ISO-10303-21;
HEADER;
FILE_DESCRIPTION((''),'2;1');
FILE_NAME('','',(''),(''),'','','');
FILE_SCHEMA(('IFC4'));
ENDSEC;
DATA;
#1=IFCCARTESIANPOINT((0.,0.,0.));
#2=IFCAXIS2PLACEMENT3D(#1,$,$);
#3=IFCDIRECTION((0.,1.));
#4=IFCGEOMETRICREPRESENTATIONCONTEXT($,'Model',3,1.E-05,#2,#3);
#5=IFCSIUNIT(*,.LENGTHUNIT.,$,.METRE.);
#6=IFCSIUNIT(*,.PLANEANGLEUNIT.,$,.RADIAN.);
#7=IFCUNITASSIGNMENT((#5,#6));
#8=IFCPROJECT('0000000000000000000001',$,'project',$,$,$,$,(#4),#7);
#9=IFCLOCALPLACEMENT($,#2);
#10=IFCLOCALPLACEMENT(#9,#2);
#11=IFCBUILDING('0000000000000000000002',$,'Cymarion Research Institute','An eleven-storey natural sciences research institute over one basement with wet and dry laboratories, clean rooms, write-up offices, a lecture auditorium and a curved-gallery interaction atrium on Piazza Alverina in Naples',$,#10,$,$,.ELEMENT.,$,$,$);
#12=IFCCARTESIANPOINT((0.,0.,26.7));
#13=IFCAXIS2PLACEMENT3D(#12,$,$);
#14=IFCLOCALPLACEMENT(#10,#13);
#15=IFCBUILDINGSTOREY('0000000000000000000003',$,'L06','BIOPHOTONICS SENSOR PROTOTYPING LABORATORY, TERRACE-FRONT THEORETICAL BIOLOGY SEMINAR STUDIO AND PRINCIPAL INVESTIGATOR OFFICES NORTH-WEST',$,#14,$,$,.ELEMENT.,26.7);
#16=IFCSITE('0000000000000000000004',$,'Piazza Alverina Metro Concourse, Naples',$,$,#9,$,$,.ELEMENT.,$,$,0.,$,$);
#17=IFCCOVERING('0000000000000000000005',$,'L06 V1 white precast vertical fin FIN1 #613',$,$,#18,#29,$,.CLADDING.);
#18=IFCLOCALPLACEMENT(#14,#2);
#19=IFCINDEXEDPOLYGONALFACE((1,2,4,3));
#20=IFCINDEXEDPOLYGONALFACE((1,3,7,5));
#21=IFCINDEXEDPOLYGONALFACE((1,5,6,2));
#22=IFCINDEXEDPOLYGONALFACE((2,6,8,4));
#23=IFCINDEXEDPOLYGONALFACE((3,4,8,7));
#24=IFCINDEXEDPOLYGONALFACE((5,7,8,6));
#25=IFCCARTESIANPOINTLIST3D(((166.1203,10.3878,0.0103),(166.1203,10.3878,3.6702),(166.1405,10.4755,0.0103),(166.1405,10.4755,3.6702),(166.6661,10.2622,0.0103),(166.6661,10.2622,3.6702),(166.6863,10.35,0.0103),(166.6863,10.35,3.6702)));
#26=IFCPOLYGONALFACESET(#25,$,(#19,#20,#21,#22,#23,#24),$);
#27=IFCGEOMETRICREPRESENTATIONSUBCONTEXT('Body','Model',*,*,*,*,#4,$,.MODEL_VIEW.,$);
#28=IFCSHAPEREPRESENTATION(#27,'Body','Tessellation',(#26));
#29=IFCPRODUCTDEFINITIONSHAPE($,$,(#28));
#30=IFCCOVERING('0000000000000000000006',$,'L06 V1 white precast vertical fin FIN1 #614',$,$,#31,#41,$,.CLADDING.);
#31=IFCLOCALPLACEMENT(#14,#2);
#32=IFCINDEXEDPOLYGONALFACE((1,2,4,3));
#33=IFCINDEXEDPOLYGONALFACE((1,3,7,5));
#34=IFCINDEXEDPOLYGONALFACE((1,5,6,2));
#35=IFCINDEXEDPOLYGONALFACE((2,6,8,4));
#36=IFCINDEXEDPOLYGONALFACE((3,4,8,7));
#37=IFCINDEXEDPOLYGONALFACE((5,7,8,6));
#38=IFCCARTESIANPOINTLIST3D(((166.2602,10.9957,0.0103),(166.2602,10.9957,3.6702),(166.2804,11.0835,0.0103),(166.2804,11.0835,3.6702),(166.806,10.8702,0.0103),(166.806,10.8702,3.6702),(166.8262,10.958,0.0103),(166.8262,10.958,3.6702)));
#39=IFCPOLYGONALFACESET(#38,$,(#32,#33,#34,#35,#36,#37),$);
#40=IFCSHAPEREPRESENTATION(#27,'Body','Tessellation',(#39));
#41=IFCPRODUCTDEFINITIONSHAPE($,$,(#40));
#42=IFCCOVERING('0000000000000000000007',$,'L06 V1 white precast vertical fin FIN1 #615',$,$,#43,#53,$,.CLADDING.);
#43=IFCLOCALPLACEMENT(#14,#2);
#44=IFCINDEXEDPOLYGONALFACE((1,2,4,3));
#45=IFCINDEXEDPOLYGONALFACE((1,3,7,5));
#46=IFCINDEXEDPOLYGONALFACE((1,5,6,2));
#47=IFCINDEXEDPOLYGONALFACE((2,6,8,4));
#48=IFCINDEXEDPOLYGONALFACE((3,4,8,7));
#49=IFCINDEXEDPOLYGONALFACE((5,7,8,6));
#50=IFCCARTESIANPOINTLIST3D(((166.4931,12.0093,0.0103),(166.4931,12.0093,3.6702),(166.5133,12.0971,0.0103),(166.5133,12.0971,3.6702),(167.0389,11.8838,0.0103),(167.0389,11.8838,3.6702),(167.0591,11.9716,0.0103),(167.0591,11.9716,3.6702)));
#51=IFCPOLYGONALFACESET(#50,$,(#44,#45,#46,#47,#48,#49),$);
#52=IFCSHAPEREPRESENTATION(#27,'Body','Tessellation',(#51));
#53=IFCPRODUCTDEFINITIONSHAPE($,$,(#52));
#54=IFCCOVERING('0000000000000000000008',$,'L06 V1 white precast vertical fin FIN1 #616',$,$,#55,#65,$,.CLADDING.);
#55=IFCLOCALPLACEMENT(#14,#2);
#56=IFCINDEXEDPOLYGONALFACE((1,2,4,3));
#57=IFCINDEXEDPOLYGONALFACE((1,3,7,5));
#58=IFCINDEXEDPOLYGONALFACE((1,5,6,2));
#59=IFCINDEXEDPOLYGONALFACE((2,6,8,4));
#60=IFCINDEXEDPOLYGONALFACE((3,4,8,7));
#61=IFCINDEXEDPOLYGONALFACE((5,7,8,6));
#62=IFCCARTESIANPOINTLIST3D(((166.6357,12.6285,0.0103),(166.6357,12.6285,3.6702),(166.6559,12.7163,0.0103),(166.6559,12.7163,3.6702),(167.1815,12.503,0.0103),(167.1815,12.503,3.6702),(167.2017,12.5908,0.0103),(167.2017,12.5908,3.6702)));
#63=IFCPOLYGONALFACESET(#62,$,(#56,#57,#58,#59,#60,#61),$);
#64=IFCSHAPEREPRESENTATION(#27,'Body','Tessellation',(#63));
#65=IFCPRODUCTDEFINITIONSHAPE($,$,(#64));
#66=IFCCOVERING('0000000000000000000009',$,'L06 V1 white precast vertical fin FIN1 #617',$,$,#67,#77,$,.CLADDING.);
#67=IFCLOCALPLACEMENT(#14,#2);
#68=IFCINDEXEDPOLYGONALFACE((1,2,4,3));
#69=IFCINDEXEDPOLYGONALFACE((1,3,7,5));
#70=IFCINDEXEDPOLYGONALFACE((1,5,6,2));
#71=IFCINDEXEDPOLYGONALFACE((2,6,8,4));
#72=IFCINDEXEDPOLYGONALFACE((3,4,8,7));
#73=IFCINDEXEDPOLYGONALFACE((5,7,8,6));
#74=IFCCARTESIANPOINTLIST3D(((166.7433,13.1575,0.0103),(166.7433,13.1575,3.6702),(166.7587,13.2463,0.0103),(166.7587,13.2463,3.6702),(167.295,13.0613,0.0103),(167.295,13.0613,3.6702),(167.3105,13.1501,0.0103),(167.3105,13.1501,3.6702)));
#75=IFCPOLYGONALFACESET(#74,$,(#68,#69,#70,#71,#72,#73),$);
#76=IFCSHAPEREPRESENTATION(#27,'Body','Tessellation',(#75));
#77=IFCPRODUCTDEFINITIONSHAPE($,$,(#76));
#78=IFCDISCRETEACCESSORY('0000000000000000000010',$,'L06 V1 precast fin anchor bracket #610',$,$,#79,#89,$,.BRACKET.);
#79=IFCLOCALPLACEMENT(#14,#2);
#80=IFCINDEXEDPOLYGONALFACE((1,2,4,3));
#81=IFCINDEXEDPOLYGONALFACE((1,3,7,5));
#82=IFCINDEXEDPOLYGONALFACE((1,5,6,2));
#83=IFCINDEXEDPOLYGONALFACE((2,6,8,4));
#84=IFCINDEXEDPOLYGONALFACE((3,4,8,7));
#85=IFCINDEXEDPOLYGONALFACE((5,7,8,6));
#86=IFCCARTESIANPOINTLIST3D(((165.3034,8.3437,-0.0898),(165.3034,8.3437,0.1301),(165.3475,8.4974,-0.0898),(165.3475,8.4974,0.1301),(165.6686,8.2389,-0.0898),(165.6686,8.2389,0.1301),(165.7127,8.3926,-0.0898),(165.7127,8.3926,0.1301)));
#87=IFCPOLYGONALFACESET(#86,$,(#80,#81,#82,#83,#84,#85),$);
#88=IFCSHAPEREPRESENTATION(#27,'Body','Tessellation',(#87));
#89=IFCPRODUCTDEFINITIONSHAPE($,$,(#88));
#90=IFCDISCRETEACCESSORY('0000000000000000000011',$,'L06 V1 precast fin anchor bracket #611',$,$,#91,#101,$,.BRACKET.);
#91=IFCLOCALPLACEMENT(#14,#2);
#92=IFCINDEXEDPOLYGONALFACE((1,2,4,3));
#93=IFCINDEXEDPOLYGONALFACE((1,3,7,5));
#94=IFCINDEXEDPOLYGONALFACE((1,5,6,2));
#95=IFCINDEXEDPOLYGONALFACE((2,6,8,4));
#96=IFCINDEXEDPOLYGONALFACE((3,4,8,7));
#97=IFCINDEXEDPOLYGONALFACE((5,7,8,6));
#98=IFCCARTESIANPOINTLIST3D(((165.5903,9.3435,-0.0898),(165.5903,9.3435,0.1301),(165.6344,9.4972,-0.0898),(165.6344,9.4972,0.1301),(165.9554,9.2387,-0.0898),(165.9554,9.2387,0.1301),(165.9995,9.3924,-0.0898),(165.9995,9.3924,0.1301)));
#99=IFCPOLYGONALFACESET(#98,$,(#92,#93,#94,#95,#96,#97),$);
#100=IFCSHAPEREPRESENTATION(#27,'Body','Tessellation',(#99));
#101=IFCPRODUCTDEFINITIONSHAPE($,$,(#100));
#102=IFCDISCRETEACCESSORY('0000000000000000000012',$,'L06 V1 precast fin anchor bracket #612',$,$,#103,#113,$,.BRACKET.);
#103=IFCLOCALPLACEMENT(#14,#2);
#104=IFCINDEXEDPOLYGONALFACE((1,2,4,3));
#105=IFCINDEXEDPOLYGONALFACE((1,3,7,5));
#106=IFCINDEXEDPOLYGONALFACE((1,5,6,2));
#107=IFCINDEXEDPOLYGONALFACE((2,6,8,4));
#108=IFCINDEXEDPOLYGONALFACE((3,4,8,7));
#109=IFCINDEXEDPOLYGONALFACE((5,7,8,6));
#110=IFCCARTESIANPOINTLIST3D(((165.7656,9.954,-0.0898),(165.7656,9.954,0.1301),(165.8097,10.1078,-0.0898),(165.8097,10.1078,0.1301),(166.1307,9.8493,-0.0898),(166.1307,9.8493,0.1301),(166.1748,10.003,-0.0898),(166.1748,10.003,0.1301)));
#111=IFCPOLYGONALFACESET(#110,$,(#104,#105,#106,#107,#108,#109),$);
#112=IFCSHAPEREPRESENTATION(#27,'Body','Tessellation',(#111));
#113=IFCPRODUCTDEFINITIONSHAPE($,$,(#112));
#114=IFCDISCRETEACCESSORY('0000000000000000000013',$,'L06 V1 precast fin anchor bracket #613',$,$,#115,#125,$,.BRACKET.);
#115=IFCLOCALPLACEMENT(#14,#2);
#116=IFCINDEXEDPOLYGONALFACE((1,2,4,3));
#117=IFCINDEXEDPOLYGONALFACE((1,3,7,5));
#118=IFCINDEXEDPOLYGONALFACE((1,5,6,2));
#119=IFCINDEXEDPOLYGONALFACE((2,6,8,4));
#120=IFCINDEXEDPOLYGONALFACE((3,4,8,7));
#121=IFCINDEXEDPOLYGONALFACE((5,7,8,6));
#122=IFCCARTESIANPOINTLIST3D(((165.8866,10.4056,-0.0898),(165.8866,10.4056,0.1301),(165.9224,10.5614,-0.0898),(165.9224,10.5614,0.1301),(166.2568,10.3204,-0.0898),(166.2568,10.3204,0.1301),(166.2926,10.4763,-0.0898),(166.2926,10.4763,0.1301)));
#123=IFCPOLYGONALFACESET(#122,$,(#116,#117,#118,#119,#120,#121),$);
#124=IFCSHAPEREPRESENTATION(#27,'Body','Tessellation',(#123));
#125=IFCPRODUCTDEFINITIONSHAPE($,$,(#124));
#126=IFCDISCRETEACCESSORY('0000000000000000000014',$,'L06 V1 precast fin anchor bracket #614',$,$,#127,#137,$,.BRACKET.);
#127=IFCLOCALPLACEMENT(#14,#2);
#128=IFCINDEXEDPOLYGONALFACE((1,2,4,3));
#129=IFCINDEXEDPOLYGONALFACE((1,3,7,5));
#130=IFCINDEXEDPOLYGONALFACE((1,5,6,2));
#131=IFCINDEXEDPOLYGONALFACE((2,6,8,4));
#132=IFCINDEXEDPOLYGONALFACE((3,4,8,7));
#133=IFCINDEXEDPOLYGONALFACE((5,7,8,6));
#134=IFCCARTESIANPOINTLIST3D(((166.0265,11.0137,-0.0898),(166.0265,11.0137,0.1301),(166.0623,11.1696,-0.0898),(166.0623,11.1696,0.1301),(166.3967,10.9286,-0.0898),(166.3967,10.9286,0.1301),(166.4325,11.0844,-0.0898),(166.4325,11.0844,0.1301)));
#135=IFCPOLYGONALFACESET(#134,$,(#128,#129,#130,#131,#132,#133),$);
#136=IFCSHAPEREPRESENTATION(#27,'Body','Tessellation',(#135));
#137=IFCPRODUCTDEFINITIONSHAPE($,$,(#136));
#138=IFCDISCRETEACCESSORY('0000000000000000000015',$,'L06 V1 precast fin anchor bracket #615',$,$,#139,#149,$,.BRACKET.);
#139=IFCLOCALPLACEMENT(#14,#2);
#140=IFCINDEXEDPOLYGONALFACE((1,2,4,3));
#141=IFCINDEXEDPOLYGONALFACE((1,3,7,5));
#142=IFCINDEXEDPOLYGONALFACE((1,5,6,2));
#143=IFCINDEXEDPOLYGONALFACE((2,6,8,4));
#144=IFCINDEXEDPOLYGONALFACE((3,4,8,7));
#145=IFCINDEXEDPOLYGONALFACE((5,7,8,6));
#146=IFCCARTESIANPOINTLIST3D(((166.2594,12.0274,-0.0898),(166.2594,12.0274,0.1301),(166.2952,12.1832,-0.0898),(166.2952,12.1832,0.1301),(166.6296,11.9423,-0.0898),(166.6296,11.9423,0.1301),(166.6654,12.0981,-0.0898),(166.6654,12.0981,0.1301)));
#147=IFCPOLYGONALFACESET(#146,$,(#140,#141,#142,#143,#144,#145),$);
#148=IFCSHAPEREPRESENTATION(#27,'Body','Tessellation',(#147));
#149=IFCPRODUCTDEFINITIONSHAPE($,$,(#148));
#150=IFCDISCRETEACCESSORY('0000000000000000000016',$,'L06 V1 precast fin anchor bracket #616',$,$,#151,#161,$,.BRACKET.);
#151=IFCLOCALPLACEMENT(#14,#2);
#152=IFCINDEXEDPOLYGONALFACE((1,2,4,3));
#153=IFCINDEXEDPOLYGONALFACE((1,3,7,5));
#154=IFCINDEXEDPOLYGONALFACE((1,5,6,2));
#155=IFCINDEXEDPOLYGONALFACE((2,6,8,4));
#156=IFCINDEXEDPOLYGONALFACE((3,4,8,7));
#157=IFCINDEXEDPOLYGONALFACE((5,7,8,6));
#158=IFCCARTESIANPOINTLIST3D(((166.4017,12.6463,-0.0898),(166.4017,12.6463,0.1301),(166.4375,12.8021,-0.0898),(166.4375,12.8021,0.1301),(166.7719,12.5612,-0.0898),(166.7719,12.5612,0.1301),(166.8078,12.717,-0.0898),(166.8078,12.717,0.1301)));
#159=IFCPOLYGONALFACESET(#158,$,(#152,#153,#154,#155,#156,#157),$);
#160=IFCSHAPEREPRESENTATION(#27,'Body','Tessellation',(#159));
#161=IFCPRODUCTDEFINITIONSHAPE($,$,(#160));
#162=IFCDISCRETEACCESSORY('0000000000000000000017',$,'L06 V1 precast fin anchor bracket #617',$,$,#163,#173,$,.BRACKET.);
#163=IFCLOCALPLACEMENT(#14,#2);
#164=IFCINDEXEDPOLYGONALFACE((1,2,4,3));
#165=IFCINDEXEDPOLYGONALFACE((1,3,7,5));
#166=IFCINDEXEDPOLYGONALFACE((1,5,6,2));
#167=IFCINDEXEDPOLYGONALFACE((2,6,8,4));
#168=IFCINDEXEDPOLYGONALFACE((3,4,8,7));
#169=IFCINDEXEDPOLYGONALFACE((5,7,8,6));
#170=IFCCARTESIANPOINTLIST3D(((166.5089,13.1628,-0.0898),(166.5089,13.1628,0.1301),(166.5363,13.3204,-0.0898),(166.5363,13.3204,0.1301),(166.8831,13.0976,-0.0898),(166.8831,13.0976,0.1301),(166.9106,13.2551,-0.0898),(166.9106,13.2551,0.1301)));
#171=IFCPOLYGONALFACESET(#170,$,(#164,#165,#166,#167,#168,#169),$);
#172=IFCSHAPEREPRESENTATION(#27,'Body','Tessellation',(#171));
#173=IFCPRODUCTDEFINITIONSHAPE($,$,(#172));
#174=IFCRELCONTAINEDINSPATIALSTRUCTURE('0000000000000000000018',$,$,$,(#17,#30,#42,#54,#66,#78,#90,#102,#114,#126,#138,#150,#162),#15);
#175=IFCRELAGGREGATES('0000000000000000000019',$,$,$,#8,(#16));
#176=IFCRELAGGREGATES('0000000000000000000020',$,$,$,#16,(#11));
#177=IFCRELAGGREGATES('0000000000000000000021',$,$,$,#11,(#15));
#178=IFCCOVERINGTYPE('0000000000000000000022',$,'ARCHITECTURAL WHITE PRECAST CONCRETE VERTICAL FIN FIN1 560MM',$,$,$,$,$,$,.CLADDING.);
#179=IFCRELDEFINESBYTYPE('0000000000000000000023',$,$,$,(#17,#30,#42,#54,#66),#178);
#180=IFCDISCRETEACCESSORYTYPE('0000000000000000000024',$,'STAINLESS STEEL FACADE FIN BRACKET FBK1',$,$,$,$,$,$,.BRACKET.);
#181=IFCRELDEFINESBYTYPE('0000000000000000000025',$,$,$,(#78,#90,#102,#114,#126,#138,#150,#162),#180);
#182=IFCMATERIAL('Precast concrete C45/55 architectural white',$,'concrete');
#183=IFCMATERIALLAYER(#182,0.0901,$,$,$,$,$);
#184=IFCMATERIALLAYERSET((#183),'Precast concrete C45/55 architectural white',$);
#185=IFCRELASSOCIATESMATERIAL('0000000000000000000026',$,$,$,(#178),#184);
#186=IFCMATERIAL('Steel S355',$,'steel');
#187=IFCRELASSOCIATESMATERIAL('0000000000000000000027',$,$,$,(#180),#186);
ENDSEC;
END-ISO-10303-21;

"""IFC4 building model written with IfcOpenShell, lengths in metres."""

from ifc_helpers import new_model, si_unit, direction, frame, origin, origin_2d, place, context, subcontext, project, spatial, rectangle, extrude, material, layer, layer_set, type_object, element, save


model = new_model("IFC4")

# Units and contexts
model_context = context("Model", 3, precision=1e-05, world=origin(), true_north=direction((0.0, 1.0)))
body_context = subcontext(model_context, "Body", "Model", "MODEL_VIEW")
ifc_project = project(units=[si_unit("LENGTHUNIT", "METRE"), si_unit("PLANEANGLEUNIT", "RADIAN")], contexts=[model_context])

# Site, building, storey
site_placement = place(None, origin())
site = spatial("IfcSite", under=ifc_project, at=site_placement, Name="Piazza Alverina Metro Concourse, Naples", CompositionType="ELEMENT", RefElevation=0.0)
building_placement = place(site_placement, origin())
building = spatial("IfcBuilding", under=site, at=building_placement, Name="Cymarion Research Institute", Description="An eleven-storey natural sciences research institute over one basement with wet and dry laboratories, clean rooms, write-up offices, a lecture auditorium and a curved-gallery interaction atrium on Piazza Alverina in Naples", CompositionType="ELEMENT")
storey_placement = place(building_placement, frame((0.0, 0.0, 26.7)))
storey = spatial("IfcBuildingStorey", under=building, at=storey_placement, Name="L06", Description="BIOPHOTONICS SENSOR PROTOTYPING LABORATORY, TERRACE-FRONT THEORETICAL BIOLOGY SEMINAR STUDIO AND PRINCIPAL INVESTIGATOR OFFICES NORTH-WEST", CompositionType="ELEMENT", Elevation=26.7)

# Shared definitions
ifc_material_1 = material(Name="Steel S355", Category="steel")

# Coverings
ifc_material_2 = material(Name="Precast concrete C45/55 architectural white", Category="concrete")
ifc_layer_1 = layer(ifc_material_2, 0.0901)
ifc_layer_set_1 = layer_set([ifc_layer_1], Name="Precast concrete C45/55 architectural white")
covering_type = type_object("IfcCoveringType", Name="ARCHITECTURAL WHITE PRECAST CONCRETE VERTICAL FIN FIN1 560MM", PredefinedType="CLADDING", material=ifc_layer_set_1)
for number, where, z_axis, x_axis, name in (
    (1, (166.4033, 10.3689, 0.0103), (0.0, 0.0, 1.0), (0.974566, -0.224101, 0.0), "L06 V1 white precast vertical fin FIN1 #613"),
    (2, (166.5432, 10.9768, 0.0103), (0.0, 0.0, 1.0), (0.974566, -0.224101, 0.0), "L06 V1 white precast vertical fin FIN1 #614"),
    (3, (166.7761, 11.9905, 0.0103), (0.0, 0.0, 1.0), (0.974566, -0.224101, 0.0), "L06 V1 white precast vertical fin FIN1 #615"),
    (4, (166.9187, 12.6096, 0.0103), (0.0, 0.0, 1.0), (0.974566, -0.224101, 0.0), "L06 V1 white precast vertical fin FIN1 #616"),
    (5, (167.0269, 13.1538, 0.0103), (0.0, 0.0, 1.0), (0.985139, -0.171757, 0.0), "L06 V1 white precast vertical fin FIN1 #617"),
):
    element("IfcCovering", number, at=place(storey_placement, frame(where, z_axis=z_axis, x_axis=x_axis)), inside=storey, type_object=covering_type, Name=name, PredefinedType="CLADDING", context=body_context, shape_type="SweptSolid", body=[
        extrude(rectangle(XDim=0.5601, YDim=0.0901, at=origin_2d()), origin(), (0.0, 0.0, 1.0), 3.6599),
    ])

# Discrete accessories
discrete_accessory_type = type_object("IfcDiscreteAccessoryType", Name="STAINLESS STEEL FACADE FIN BRACKET FBK1", PredefinedType="BRACKET", material=ifc_material_1)
for number, where, z_axis, x_axis, name in (
    (6, (165.5081, 8.3682, -0.0898), (0.0, 0.0, 1.0), (0.961214, -0.275805, 0.0), "L06 V1 precast fin anchor bracket #610"),
    (7, (165.7949, 9.3679, -0.0898), (0.0, 0.0, 1.0), (0.961214, -0.275805, 0.0), "L06 V1 precast fin anchor bracket #611"),
    (8, (165.9702, 9.9785, -0.0898), (0.0, 0.0, 1.0), (0.961214, -0.275805, 0.0), "L06 V1 precast fin anchor bracket #612"),
    (9, (166.0896, 10.4409, -0.0898), (0.0, 0.0, 1.0), (0.974566, -0.224101, 0.0), "L06 V1 precast fin anchor bracket #613"),
    (10, (166.2295, 11.0491, -0.0898), (0.0, 0.0, 1.0), (0.974566, -0.224101, 0.0), "L06 V1 precast fin anchor bracket #614"),
    (11, (166.4624, 12.0627, -0.0898), (0.0, 0.0, 1.0), (0.974566, -0.224101, 0.0), "L06 V1 precast fin anchor bracket #615"),
    (12, (166.6047, 12.6816, -0.0898), (0.0, 0.0, 1.0), (0.974566, -0.224101, 0.0), "L06 V1 precast fin anchor bracket #616"),
    (13, (166.7097, 13.209, -0.0898), (0.0, 0.0, 1.0), (0.985139, -0.171757, 0.0), "L06 V1 precast fin anchor bracket #617"),
):
    element("IfcDiscreteAccessory", number, at=place(storey_placement, frame(where, z_axis=z_axis, x_axis=x_axis)), inside=storey, type_object=discrete_accessory_type, Name=name, PredefinedType="BRACKET", context=body_context, shape_type="SweptSolid", body=[
        extrude(rectangle(XDim=0.3799, YDim=0.1599, at=origin_2d()), origin(), (0.0, 0.0, 1.0), 0.22),
    ])

save(model, "model.ifc")
